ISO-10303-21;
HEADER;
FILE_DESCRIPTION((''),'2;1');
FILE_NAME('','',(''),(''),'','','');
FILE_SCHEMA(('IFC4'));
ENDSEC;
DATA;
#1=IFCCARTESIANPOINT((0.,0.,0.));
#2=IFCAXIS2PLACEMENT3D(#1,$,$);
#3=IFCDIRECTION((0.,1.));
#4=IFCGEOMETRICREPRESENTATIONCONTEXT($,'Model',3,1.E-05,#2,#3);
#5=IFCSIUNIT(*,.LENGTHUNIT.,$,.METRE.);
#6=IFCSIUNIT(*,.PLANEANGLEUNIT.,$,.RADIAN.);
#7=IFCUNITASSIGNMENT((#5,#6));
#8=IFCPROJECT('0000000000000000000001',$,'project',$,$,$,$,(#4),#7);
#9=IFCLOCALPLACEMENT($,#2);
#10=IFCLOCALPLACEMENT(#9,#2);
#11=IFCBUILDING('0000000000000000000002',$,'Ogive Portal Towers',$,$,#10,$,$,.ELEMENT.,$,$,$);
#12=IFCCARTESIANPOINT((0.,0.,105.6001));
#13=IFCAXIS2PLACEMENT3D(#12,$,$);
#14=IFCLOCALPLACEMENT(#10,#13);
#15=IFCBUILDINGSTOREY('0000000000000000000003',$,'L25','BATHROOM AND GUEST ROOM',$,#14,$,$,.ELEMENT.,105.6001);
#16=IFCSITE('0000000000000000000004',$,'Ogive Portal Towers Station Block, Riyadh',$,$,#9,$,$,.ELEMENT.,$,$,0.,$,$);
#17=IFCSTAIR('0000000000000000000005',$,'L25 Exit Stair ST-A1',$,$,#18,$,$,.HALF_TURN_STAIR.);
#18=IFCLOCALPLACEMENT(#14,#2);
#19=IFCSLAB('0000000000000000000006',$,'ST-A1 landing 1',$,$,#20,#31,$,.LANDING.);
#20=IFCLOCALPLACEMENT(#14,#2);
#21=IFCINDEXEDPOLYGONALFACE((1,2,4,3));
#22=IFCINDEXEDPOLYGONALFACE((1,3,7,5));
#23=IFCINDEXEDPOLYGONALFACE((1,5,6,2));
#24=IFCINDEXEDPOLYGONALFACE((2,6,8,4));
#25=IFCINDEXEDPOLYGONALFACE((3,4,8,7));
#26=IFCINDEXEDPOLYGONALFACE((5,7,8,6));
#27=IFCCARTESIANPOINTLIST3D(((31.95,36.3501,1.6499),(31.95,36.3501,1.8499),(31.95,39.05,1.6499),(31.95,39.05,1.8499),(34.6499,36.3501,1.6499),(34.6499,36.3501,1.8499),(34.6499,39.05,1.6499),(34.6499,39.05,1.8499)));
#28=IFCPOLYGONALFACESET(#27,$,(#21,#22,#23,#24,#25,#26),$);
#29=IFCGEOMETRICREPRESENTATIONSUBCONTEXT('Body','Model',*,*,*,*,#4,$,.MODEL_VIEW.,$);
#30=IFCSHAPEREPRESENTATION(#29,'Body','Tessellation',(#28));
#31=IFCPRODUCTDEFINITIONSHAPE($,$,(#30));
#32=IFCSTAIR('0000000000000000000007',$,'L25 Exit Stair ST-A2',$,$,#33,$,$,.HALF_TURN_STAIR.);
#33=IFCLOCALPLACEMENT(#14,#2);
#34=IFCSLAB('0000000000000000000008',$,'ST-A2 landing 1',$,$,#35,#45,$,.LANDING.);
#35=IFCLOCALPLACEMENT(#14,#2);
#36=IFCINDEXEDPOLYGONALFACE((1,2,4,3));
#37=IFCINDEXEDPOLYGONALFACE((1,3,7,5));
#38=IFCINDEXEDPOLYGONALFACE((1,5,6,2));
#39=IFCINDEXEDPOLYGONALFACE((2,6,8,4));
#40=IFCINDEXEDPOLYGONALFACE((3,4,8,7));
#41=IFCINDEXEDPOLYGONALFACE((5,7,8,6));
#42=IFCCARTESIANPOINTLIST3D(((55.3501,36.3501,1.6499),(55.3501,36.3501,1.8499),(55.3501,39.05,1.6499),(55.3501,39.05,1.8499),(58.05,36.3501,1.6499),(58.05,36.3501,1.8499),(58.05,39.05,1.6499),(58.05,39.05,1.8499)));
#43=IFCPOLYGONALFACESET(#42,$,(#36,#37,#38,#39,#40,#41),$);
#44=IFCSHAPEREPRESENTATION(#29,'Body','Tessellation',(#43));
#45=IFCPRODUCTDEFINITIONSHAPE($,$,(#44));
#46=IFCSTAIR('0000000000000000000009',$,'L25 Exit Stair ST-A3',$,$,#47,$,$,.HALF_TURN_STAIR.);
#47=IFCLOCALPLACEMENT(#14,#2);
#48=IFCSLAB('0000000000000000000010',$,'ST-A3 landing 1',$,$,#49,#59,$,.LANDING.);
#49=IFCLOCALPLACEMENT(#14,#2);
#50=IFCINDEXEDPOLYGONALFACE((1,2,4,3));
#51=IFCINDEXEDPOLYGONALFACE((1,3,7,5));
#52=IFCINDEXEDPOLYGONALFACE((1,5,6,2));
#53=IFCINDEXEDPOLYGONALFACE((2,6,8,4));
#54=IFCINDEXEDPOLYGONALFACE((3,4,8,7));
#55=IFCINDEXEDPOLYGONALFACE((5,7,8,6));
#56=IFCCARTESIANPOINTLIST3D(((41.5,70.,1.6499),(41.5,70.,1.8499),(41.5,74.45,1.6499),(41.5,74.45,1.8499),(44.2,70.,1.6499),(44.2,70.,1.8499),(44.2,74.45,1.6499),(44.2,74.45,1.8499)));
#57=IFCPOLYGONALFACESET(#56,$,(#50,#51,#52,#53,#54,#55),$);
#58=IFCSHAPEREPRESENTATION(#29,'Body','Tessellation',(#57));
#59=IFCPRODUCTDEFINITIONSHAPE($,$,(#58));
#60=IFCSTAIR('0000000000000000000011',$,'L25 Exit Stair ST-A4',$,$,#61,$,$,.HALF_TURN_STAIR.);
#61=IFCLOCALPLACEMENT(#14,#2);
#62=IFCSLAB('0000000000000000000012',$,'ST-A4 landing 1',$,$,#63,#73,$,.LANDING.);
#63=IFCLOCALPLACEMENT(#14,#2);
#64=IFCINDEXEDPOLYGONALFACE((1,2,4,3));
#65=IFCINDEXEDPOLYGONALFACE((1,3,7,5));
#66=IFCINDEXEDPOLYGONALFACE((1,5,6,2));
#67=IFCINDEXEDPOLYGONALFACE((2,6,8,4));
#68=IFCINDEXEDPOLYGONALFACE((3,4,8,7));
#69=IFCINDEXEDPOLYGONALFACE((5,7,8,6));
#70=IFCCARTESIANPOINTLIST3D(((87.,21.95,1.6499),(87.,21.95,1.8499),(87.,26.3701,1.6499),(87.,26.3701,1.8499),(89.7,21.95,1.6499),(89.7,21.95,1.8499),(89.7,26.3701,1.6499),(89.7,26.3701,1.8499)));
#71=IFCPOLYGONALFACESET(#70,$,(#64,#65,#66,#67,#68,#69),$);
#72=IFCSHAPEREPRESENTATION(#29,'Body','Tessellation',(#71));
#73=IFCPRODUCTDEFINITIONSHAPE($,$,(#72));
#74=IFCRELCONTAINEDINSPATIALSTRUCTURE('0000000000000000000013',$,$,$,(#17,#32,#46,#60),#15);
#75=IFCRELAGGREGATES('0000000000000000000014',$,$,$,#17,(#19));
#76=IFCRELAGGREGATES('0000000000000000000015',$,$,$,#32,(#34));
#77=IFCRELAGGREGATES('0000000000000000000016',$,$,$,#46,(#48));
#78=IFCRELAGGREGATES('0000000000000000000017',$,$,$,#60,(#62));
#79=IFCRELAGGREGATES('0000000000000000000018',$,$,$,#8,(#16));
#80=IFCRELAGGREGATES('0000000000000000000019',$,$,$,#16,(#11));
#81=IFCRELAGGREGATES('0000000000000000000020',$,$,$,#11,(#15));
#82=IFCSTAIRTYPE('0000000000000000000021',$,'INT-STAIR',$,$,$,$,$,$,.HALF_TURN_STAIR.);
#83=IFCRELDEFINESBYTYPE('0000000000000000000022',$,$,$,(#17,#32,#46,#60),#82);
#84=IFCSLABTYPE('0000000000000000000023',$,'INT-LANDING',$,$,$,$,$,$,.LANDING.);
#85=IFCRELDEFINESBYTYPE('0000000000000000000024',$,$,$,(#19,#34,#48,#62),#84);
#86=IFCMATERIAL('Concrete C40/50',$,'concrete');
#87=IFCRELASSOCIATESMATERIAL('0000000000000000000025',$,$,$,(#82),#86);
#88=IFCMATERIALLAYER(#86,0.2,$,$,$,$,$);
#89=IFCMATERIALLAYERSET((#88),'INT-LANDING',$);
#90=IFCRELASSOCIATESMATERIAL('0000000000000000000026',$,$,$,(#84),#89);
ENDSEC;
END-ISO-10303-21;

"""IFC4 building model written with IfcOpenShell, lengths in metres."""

from ifc_helpers import new_model, si_unit, direction, frame, origin, place, context, subcontext, project, spatial, polyline, outline, extrude, material, layer, layer_set, type_object, element, aggregate, save


model = new_model("IFC4")

# Units and contexts
model_context = context("Model", 3, precision=1e-05, world=origin(), true_north=direction((0.0, 1.0)))
body_context = subcontext(model_context, "Body", "Model", "MODEL_VIEW")
ifc_project = project(units=[si_unit("LENGTHUNIT", "METRE"), si_unit("PLANEANGLEUNIT", "RADIAN")], contexts=[model_context])

# Site, building, storey
site_placement = place(None, origin())
site = spatial("IfcSite", under=ifc_project, at=site_placement, Name="Ogive Portal Towers Station Block, Riyadh", CompositionType="ELEMENT", RefElevation=0.0)
building_placement = place(site_placement, origin())
building = spatial("IfcBuilding", under=site, at=building_placement, Name="Ogive Portal Towers", CompositionType="ELEMENT")
storey_placement = place(building_placement, frame((0.0, 0.0, 105.6001)))
storey = spatial("IfcBuildingStorey", under=building, at=storey_placement, Name="L25", Description="BATHROOM AND GUEST ROOM", CompositionType="ELEMENT", Elevation=105.6001)

# Stairs, slabs
ifc_material_1 = material(Name="Concrete C40/50", Category="concrete")
stair_type = type_object("IfcStairType", Name="INT-STAIR", PredefinedType="HALF_TURN_STAIR", material=ifc_material_1)
stair_1_placement = place(storey_placement, origin())
stair_1 = element("IfcStair", 1, at=stair_1_placement, inside=storey, type_object=stair_type, Name="L25 Exit Stair ST-A1", PredefinedType="HALF_TURN_STAIR")
ifc_layer_1 = layer(ifc_material_1, 0.2)
ifc_layer_set_1 = layer_set([ifc_layer_1], Name="INT-LANDING")
slab_type_1 = type_object("IfcSlabType", Name="INT-LANDING", PredefinedType="LANDING", material=ifc_layer_set_1)
slab_1_placement = place(storey_placement, frame((0.0, 0.0, 1.6499)))
slab_1 = element("IfcSlab", 2, at=slab_1_placement, type_object=slab_type_1, Name="ST-A1 landing 1", PredefinedType="LANDING", context=body_context, shape_type="SweptSolid", body=[
    extrude(outline(polyline([(34.6499, 39.05), (31.95, 39.05), (31.95, 36.3501), (34.6499, 36.3501), (34.6499, 39.05)])), origin(), (0.0, 0.0, 1.0), 0.2),
])
aggregate(stair_1, [slab_1])
stair_2_placement = place(storey_placement, origin())
stair_2 = element("IfcStair", 3, at=stair_2_placement, inside=storey, type_object=stair_type, Name="L25 Exit Stair ST-A2", PredefinedType="HALF_TURN_STAIR")
slab_2_placement = place(storey_placement, frame((0.0, 0.0, 1.6499)))
slab_2 = element("IfcSlab", 4, at=slab_2_placement, type_object=slab_type_1, Name="ST-A2 landing 1", PredefinedType="LANDING", context=body_context, shape_type="SweptSolid", body=[
    extrude(outline(polyline([(55.3501, 36.3501), (58.05, 36.3501), (58.05, 39.05), (55.3501, 39.05), (55.3501, 36.3501)])), origin(), (0.0, 0.0, 1.0), 0.2),
])
aggregate(stair_2, [slab_2])
stair_3_placement = place(storey_placement, origin())
stair_3 = element("IfcStair", 5, at=stair_3_placement, inside=storey, type_object=stair_type, Name="L25 Exit Stair ST-A3", PredefinedType="HALF_TURN_STAIR")
slab_3_placement = place(storey_placement, frame((0.0, 0.0, 1.6499)))
slab_3 = element("IfcSlab", 6, at=slab_3_placement, type_object=slab_type_1, Name="ST-A3 landing 1", PredefinedType="LANDING", context=body_context, shape_type="SweptSolid", body=[
    extrude(outline(polyline([(44.2, 70.0), (44.2, 74.45), (41.5, 74.45), (41.5, 70.0), (44.2, 70.0)])), origin(), (0.0, 0.0, 1.0), 0.2),
])
aggregate(stair_3, [slab_3])
stair_4_placement = place(storey_placement, origin())
stair_4 = element("IfcStair", 7, at=stair_4_placement, inside=storey, type_object=stair_type, Name="L25 Exit Stair ST-A4", PredefinedType="HALF_TURN_STAIR")
slab_4_placement = place(storey_placement, frame((0.0, 0.0, 1.6499)))
slab_4 = element("IfcSlab", 8, at=slab_4_placement, type_object=slab_type_1, Name="ST-A4 landing 1", PredefinedType="LANDING", context=body_context, shape_type="SweptSolid", body=[
    extrude(outline(polyline([(87.0, 26.3701), (87.0, 21.95), (89.7, 21.95), (89.7, 26.3701), (87.0, 26.3701)])), origin(), (0.0, 0.0, 1.0), 0.2),
])
aggregate(stair_4, [slab_4])

save(model, "model.ifc")
